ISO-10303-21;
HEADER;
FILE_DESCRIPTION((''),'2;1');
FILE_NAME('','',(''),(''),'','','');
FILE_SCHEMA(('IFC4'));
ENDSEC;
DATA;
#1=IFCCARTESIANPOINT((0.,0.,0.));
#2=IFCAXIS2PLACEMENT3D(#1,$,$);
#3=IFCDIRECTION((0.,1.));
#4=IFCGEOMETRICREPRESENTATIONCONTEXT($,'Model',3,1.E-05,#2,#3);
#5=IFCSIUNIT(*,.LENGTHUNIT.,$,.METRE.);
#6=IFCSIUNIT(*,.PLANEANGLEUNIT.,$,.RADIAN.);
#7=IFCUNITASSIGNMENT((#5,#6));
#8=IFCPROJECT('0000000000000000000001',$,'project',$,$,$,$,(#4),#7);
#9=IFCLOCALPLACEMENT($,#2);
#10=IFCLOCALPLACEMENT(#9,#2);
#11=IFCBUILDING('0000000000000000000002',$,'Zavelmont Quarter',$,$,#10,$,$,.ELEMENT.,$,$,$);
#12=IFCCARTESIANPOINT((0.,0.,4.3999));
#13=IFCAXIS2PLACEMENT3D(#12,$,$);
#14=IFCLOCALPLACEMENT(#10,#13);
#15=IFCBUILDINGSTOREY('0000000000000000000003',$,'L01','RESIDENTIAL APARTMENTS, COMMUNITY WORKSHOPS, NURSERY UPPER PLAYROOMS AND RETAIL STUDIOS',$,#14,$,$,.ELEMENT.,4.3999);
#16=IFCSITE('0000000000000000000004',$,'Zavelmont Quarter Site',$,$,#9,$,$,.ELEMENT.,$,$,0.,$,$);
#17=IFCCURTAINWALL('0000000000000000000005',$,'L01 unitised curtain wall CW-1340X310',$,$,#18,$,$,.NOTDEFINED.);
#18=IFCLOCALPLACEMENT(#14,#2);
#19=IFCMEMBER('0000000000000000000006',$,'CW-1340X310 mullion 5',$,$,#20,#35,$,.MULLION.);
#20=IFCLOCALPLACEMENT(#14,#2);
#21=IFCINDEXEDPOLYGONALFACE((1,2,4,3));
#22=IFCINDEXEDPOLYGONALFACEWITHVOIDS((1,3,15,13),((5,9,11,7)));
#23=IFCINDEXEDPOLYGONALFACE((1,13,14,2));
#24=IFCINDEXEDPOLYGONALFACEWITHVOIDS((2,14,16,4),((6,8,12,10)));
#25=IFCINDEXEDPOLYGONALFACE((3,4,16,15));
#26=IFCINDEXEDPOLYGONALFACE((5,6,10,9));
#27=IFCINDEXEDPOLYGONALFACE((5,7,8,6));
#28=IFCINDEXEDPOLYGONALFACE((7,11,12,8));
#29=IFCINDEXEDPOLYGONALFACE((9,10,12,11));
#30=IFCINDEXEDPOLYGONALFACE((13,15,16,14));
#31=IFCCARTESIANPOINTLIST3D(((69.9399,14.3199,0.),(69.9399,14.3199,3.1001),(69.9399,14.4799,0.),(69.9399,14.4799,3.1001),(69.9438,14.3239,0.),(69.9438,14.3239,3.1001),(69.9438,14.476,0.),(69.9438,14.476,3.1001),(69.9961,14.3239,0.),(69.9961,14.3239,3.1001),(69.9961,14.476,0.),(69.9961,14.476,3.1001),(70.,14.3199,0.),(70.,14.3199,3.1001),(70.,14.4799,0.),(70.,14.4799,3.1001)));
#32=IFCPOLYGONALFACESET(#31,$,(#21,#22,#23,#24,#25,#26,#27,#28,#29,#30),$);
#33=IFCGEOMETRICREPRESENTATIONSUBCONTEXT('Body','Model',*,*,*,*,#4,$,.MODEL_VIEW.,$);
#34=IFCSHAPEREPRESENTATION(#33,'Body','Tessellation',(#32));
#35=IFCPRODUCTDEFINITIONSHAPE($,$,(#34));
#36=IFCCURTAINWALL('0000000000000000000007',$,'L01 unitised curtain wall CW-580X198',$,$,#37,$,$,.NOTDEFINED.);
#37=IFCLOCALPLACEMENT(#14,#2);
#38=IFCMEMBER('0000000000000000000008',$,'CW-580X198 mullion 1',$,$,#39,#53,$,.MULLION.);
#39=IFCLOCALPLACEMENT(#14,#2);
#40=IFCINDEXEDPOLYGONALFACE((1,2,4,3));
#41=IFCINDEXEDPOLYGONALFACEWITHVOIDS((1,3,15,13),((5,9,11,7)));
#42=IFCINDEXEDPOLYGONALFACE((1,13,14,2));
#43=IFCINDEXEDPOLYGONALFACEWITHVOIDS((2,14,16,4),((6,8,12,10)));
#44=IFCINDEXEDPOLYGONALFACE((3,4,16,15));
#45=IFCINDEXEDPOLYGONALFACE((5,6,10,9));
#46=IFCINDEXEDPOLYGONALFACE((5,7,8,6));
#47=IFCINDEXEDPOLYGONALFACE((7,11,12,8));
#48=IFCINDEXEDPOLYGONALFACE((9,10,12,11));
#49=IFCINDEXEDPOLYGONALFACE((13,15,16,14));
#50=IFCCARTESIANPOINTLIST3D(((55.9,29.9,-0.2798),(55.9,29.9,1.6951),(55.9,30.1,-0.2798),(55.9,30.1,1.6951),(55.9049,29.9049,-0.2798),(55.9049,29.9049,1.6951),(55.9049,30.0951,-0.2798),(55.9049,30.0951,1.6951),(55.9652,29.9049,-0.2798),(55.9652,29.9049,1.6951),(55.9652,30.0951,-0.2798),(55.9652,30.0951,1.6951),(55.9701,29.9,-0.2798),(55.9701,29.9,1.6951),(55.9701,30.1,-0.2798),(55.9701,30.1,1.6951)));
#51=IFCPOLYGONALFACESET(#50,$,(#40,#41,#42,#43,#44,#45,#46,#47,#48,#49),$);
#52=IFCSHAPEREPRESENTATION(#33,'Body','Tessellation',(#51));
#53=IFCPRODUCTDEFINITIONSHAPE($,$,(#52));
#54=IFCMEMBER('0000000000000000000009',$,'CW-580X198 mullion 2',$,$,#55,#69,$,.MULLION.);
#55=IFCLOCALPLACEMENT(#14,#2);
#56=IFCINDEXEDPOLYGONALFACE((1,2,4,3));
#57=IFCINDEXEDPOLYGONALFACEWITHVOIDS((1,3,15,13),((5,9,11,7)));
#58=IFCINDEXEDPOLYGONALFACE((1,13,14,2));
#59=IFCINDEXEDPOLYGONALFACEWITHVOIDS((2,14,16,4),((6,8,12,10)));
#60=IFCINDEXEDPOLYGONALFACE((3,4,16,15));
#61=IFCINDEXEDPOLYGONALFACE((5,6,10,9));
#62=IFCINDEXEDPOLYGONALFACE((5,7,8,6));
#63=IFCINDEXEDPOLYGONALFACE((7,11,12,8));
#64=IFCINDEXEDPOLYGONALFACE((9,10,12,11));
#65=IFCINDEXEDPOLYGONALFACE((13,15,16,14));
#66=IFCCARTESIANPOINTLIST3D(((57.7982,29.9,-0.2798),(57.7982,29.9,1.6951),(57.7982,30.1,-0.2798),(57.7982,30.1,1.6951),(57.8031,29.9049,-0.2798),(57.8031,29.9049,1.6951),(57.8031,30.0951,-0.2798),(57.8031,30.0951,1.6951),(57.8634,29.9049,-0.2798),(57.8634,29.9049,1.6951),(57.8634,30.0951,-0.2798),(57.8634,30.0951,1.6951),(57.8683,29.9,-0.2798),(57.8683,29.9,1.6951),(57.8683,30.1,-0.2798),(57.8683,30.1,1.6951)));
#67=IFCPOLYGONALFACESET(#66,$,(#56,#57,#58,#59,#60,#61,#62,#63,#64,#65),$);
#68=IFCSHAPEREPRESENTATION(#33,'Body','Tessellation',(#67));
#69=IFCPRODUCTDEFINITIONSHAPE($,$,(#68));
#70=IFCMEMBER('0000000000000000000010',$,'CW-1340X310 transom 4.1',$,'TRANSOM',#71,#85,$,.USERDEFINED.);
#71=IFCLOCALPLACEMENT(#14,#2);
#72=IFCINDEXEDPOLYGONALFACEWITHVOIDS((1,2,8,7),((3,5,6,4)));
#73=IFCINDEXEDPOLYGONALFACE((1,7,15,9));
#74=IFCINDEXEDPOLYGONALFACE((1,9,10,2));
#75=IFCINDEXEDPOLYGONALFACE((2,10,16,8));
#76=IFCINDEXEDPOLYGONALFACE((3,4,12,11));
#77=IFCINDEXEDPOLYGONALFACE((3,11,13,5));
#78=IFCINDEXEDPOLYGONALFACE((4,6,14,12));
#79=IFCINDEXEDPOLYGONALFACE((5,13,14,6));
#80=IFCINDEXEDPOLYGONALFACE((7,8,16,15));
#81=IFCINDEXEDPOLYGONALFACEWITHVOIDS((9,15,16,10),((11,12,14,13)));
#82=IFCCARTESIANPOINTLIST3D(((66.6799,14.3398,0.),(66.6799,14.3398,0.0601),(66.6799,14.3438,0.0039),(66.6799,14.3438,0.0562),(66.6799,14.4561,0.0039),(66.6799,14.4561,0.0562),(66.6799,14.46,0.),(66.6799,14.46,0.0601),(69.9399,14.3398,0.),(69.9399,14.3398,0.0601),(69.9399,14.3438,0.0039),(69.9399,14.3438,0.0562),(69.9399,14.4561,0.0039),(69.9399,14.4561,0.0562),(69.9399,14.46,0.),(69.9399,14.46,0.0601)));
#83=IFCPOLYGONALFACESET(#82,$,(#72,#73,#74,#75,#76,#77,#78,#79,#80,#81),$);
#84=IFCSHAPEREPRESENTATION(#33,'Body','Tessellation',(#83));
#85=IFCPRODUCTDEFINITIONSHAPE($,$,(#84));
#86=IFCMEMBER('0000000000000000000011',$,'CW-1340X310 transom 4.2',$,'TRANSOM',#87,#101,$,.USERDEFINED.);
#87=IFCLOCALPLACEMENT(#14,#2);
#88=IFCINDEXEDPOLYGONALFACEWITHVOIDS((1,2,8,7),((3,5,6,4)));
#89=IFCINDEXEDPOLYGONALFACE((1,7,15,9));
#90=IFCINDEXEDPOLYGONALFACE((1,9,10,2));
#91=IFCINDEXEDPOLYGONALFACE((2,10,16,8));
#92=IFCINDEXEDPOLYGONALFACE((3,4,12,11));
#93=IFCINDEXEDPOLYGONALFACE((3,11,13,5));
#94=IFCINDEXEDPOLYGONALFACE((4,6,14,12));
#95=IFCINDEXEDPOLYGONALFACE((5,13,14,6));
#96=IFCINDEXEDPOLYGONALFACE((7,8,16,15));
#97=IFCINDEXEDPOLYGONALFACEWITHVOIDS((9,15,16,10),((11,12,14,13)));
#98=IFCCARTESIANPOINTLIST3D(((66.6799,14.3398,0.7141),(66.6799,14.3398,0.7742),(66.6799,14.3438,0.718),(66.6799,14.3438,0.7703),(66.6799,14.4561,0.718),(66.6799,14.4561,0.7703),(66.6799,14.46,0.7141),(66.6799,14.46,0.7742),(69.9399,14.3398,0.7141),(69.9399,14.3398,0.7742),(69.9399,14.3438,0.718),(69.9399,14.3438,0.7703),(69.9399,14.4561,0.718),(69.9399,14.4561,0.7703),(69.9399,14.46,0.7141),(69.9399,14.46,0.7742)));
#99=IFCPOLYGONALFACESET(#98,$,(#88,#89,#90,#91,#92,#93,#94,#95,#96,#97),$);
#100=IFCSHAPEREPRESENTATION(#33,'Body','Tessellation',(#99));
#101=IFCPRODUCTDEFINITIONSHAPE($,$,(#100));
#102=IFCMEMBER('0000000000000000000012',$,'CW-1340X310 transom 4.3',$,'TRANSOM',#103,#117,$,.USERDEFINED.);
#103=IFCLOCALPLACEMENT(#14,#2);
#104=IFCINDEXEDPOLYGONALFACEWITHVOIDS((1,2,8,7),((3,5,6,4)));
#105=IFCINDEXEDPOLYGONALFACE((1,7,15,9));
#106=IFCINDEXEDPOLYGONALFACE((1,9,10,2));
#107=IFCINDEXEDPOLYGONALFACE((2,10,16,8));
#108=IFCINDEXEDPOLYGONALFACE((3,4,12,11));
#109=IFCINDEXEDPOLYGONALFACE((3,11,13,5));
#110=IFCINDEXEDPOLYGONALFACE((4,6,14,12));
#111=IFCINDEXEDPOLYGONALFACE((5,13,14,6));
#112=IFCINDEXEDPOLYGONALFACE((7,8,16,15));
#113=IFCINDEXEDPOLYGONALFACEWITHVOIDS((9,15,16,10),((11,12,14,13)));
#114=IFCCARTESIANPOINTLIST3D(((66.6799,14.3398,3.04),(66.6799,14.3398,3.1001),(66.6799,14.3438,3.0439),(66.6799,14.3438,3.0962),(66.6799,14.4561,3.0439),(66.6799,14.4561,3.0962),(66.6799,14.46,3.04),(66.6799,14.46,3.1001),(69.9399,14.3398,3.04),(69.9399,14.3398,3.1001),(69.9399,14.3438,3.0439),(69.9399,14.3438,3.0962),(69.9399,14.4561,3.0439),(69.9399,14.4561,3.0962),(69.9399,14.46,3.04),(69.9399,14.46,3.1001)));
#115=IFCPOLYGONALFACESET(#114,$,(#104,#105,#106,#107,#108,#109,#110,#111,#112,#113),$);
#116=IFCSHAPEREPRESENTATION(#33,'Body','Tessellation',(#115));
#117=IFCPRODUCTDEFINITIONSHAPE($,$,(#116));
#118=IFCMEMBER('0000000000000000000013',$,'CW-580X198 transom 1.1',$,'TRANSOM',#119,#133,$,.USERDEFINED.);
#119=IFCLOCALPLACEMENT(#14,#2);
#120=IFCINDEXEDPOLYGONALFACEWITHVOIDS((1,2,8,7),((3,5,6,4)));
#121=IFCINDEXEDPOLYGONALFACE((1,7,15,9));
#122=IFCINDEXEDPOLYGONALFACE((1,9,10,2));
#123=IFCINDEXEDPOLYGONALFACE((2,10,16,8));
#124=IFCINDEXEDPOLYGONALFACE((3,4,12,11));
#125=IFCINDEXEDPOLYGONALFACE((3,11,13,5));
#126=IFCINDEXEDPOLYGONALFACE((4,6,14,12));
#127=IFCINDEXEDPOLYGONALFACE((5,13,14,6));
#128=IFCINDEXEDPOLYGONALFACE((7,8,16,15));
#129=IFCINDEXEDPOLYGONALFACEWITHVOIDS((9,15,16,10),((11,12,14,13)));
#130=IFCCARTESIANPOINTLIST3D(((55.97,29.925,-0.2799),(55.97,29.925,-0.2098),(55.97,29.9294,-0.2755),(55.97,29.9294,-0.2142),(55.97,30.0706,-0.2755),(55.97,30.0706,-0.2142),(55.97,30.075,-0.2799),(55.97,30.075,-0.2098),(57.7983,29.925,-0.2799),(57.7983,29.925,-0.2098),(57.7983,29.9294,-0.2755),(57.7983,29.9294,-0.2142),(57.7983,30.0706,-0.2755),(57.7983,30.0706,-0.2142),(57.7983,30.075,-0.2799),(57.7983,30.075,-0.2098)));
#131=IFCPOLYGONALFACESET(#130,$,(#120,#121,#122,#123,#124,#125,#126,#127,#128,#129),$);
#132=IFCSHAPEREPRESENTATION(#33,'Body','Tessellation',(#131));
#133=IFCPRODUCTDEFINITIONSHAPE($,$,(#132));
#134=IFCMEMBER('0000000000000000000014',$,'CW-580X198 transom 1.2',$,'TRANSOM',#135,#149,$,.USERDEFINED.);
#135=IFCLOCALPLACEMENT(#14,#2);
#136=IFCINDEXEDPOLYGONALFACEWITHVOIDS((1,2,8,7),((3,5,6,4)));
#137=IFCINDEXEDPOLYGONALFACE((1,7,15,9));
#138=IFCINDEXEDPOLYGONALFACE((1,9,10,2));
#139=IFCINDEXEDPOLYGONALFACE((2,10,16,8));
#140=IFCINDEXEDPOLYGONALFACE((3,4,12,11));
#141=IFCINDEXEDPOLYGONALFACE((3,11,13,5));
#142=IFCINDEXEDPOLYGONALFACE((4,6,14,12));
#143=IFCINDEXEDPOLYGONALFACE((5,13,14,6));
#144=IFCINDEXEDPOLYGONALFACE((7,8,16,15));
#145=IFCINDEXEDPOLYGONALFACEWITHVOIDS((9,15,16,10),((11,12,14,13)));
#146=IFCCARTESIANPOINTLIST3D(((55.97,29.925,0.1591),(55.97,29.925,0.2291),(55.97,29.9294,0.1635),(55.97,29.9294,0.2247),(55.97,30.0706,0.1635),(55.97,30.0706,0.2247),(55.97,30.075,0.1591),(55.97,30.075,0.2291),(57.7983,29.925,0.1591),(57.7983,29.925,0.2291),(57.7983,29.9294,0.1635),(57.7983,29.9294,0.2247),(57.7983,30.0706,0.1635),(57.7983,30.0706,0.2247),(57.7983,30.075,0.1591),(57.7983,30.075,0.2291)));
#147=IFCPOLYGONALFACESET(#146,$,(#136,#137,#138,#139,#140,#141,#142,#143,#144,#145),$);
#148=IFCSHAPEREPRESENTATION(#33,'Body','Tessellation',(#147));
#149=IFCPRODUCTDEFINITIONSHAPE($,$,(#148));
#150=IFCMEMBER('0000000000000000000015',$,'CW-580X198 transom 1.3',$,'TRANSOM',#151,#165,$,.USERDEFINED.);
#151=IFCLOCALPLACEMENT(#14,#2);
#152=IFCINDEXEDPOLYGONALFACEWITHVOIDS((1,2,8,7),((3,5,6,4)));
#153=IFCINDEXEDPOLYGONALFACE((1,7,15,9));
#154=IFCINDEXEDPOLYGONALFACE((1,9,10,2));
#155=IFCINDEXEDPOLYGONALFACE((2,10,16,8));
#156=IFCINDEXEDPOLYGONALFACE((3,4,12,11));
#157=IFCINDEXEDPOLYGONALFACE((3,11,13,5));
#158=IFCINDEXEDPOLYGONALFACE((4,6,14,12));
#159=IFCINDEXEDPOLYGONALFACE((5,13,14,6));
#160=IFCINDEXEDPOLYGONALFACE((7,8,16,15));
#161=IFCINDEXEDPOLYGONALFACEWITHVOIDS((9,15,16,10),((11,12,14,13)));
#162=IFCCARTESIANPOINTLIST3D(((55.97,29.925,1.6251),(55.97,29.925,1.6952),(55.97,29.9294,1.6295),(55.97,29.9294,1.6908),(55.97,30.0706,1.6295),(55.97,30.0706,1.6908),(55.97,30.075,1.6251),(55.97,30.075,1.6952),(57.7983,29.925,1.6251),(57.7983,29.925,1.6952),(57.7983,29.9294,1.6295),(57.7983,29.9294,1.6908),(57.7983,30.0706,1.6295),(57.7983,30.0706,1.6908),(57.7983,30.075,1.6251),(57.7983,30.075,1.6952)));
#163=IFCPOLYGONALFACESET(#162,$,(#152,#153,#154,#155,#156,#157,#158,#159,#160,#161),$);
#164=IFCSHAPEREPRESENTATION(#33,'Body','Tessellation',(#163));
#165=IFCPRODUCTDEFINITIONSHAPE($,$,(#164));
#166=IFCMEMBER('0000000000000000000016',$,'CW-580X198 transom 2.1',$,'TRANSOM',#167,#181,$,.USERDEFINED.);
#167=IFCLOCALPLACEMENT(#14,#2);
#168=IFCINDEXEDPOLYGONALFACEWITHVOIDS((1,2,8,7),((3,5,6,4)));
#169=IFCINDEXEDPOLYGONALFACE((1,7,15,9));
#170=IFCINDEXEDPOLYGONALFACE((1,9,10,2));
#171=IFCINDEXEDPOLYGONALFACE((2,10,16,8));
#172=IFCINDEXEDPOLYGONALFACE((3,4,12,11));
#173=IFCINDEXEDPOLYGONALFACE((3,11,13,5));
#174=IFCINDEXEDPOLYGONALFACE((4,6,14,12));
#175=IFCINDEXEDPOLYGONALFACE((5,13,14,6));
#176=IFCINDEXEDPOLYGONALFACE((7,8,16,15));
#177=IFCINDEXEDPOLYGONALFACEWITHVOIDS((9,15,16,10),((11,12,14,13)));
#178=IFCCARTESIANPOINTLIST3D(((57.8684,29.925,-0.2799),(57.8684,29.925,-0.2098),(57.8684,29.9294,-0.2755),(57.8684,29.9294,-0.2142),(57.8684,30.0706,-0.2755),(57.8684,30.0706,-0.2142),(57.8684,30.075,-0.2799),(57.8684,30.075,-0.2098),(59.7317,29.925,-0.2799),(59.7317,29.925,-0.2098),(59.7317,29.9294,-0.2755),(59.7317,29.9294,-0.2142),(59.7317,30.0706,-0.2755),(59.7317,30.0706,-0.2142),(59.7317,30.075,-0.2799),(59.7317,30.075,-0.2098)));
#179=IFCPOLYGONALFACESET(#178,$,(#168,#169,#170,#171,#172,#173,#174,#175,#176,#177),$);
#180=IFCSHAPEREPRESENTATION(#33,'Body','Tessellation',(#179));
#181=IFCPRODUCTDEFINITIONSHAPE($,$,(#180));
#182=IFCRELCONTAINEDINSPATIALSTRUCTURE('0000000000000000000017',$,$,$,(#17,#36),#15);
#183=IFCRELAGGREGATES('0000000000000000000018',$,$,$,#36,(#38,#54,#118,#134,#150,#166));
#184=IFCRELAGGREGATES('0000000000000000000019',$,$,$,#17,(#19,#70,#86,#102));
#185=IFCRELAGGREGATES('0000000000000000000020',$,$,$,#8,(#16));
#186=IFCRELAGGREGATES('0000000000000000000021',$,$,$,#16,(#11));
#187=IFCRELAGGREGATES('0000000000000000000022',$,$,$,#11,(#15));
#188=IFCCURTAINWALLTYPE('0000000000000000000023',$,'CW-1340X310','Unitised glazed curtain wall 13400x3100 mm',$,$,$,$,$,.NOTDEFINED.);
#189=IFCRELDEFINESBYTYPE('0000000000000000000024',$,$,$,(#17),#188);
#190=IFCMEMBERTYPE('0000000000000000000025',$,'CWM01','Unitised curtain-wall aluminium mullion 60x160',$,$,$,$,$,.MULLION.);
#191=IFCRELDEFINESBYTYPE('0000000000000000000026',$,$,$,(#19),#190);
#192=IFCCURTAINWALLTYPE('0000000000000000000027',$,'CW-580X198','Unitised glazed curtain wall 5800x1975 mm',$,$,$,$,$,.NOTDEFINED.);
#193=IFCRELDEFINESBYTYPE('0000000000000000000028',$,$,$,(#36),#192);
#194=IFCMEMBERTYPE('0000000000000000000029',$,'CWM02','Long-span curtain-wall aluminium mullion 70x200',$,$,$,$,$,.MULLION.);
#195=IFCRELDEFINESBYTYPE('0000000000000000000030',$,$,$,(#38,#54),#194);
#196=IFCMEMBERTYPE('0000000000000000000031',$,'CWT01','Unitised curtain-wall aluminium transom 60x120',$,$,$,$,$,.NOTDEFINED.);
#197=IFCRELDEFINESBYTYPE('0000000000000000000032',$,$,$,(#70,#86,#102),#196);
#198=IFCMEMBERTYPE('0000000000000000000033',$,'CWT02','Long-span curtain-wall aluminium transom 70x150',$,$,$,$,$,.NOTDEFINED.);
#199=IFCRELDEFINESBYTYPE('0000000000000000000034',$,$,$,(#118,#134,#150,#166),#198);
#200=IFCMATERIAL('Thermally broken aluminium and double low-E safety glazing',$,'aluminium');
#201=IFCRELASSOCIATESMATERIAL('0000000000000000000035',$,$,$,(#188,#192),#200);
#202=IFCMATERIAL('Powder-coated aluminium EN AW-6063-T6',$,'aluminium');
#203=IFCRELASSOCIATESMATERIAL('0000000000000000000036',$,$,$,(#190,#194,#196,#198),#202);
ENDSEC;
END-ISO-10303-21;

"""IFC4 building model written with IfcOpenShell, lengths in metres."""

from ifc_helpers import new_model, si_unit, direction, frame, origin, origin_2d, place, context, subcontext, project, spatial, hollow_rectangle, extrude, material, material_profile, profile_set, type_object, element, aggregate, save


model = new_model("IFC4")

# Units and contexts
model_context = context("Model", 3, precision=1e-05, world=origin(), true_north=direction((0.0, 1.0)))
body_context = subcontext(model_context, "Body", "Model", "MODEL_VIEW")
ifc_project = project(units=[si_unit("LENGTHUNIT", "METRE"), si_unit("PLANEANGLEUNIT", "RADIAN")], contexts=[model_context])

# Site, building, storey
site_placement = place(None, origin())
site = spatial("IfcSite", under=ifc_project, at=site_placement, Name="Zavelmont Quarter Site", CompositionType="ELEMENT", RefElevation=0.0)
building_placement = place(site_placement, origin())
building = spatial("IfcBuilding", under=site, at=building_placement, Name="Zavelmont Quarter", CompositionType="ELEMENT")
storey_placement = place(building_placement, frame((0.0, 0.0, 4.3999)))
storey = spatial("IfcBuildingStorey", under=building, at=storey_placement, Name="L01", Description="RESIDENTIAL APARTMENTS, COMMUNITY WORKSHOPS, NURSERY UPPER PLAYROOMS AND RETAIL STUDIOS", CompositionType="ELEMENT", Elevation=4.3999)

# Curtain wall, member
ifc_material_1 = material(Name="Thermally broken aluminium and double low-E safety glazing", Category="aluminium")
curtain_wall_type_1 = type_object("IfcCurtainWallType", Name="CW-1340X310", Description="Unitised glazed curtain wall 13400x3100 mm", PredefinedType="NOTDEFINED", material=ifc_material_1)
curtain_wall_1_placement = place(storey_placement, origin())
curtain_wall_1 = element("IfcCurtainWall", 1, at=curtain_wall_1_placement, inside=storey, type_object=curtain_wall_type_1, Name="L01 unitised curtain wall CW-1340X310", PredefinedType="NOTDEFINED")
ifc_material_2 = material(Name="Powder-coated aluminium EN AW-6063-T6", Category="aluminium")
ifc_material_profile_1 = material_profile(ifc_material_2, hollow_rectangle(XDim=0.0601, YDim=0.1599, WallThickness=0.0039, at=origin_2d()), Name="CWM60X160")
ifc_profile_set_1 = profile_set([ifc_material_profile_1], Name="Powder-coated aluminium EN AW-6063-T6")
member_type_1 = type_object("IfcMemberType", Name="CWM01", Description="Unitised curtain-wall aluminium mullion 60x160", PredefinedType="MULLION", material=ifc_profile_set_1)
member_1_placement = place(storey_placement, frame((69.97, 14.3999, 0.0), z_axis=(0.0, 0.0, 1.0), x_axis=(1.0, 0.0, 0.0)))
member_1 = element("IfcMember", 2, at=member_1_placement, type_object=member_type_1, Name="CW-1340X310 mullion 5", PredefinedType="MULLION", context=body_context, shape_type="SweptSolid", body=[
    extrude(hollow_rectangle(XDim=0.0601, YDim=0.1599, WallThickness=0.0039, at=origin_2d()), origin(), (0.0, 0.0, 1.0), 3.1001),
])

# Curtain wall, members
curtain_wall_type_2 = type_object("IfcCurtainWallType", Name="CW-580X198", Description="Unitised glazed curtain wall 5800x1975 mm", PredefinedType="NOTDEFINED", material=ifc_material_1)
curtain_wall_2_placement = place(storey_placement, origin())
curtain_wall_2 = element("IfcCurtainWall", 3, at=curtain_wall_2_placement, inside=storey, type_object=curtain_wall_type_2, Name="L01 unitised curtain wall CW-580X198", PredefinedType="NOTDEFINED")
ifc_material_profile_2 = material_profile(ifc_material_2, hollow_rectangle(XDim=0.0701, YDim=0.2, WallThickness=0.0049, at=origin_2d()), Name="CWM70X200")
ifc_profile_set_2 = profile_set([ifc_material_profile_2], Name="Powder-coated aluminium EN AW-6063-T6")
member_type_2 = type_object("IfcMemberType", Name="CWM02", Description="Long-span curtain-wall aluminium mullion 70x200", PredefinedType="MULLION", material=ifc_profile_set_2)
member_2_placement = place(storey_placement, frame((55.9351, 30.0, -0.2798), z_axis=(0.0, 0.0, 1.0), x_axis=(1.0, 0.0, 0.0)))
member_2 = element("IfcMember", 4, at=member_2_placement, type_object=member_type_2, Name="CW-580X198 mullion 1", PredefinedType="MULLION", context=body_context, shape_type="SweptSolid", body=[
    extrude(hollow_rectangle(XDim=0.0701, YDim=0.2, WallThickness=0.0049, at=origin_2d()), origin(), (0.0, 0.0, 1.0), 1.9749),
])
member_3_placement = place(storey_placement, frame((57.8333, 30.0, -0.2798), z_axis=(0.0, 0.0, 1.0), x_axis=(1.0, 0.0, 0.0)))
member_3 = element("IfcMember", 5, at=member_3_placement, type_object=member_type_2, Name="CW-580X198 mullion 2", PredefinedType="MULLION", context=body_context, shape_type="SweptSolid", body=[
    extrude(hollow_rectangle(XDim=0.0701, YDim=0.2, WallThickness=0.0049, at=origin_2d()), origin(), (0.0, 0.0, 1.0), 1.9749),
])

# Members
ifc_material_profile_3 = material_profile(ifc_material_2, hollow_rectangle(XDim=0.1201, YDim=0.0601, WallThickness=0.0039, at=origin_2d()), Name="CWT60X120")
ifc_profile_set_3 = profile_set([ifc_material_profile_3], Name="Powder-coated aluminium EN AW-6063-T6")
member_type_3 = type_object("IfcMemberType", Name="CWT01", Description="Unitised curtain-wall aluminium transom 60x120", PredefinedType="NOTDEFINED", material=ifc_profile_set_3)
member_4_placement = place(storey_placement, frame((66.6799, 14.3999, 0.03), z_axis=(1.0, 0.0, 0.0), x_axis=(0.0, 1.0, 0.0)))
member_4 = element("IfcMember", 6, at=member_4_placement, type_object=member_type_3, Name="CW-1340X310 transom 4.1", ObjectType="TRANSOM", PredefinedType="USERDEFINED", context=body_context, shape_type="SweptSolid", body=[
    extrude(hollow_rectangle(XDim=0.1201, YDim=0.0601, WallThickness=0.0039, at=origin_2d()), origin(), (0.0, 0.0, 1.0), 3.26),
])
member_5_placement = place(storey_placement, frame((66.6799, 14.3999, 0.7441), z_axis=(1.0, 0.0, 0.0), x_axis=(0.0, 1.0, 0.0)))
member_5 = element("IfcMember", 7, at=member_5_placement, type_object=member_type_3, Name="CW-1340X310 transom 4.2", ObjectType="TRANSOM", PredefinedType="USERDEFINED", context=body_context, shape_type="SweptSolid", body=[
    extrude(hollow_rectangle(XDim=0.1201, YDim=0.0601, WallThickness=0.0039, at=origin_2d()), origin(), (0.0, 0.0, 1.0), 3.26),
])
member_6_placement = place(storey_placement, frame((66.6799, 14.3999, 3.0701), z_axis=(1.0, 0.0, 0.0), x_axis=(0.0, 1.0, 0.0)))
member_6 = element("IfcMember", 8, at=member_6_placement, type_object=member_type_3, Name="CW-1340X310 transom 4.3", ObjectType="TRANSOM", PredefinedType="USERDEFINED", context=body_context, shape_type="SweptSolid", body=[
    extrude(hollow_rectangle(XDim=0.1201, YDim=0.0601, WallThickness=0.0039, at=origin_2d()), origin(), (0.0, 0.0, 1.0), 3.26),
])
ifc_material_profile_4 = material_profile(ifc_material_2, hollow_rectangle(XDim=0.1499, YDim=0.0701, WallThickness=0.0044, at=origin_2d()), Name="CWT70X150")
ifc_profile_set_4 = profile_set([ifc_material_profile_4], Name="Powder-coated aluminium EN AW-6063-T6")
member_type_4 = type_object("IfcMemberType", Name="CWT02", Description="Long-span curtain-wall aluminium transom 70x150", PredefinedType="NOTDEFINED", material=ifc_profile_set_4)
member_7_placement = place(storey_placement, frame((55.97, 30.0, -0.2449), z_axis=(1.0, 0.0, 0.0), x_axis=(0.0, 1.0, 0.0)))
member_7 = element("IfcMember", 9, at=member_7_placement, type_object=member_type_4, Name="CW-580X198 transom 1.1", ObjectType="TRANSOM", PredefinedType="USERDEFINED", context=body_context, shape_type="SweptSolid", body=[
    extrude(hollow_rectangle(XDim=0.1499, YDim=0.0701, WallThickness=0.0044, at=origin_2d()), origin(), (0.0, 0.0, 1.0), 1.8284),
])
member_8_placement = place(storey_placement, frame((55.97, 30.0, 0.1941), z_axis=(1.0, 0.0, 0.0), x_axis=(0.0, 1.0, 0.0)))
member_8 = element("IfcMember", 10, at=member_8_placement, type_object=member_type_4, Name="CW-580X198 transom 1.2", ObjectType="TRANSOM", PredefinedType="USERDEFINED", context=body_context, shape_type="SweptSolid", body=[
    extrude(hollow_rectangle(XDim=0.1499, YDim=0.0701, WallThickness=0.0044, at=origin_2d()), origin(), (0.0, 0.0, 1.0), 1.8284),
])
member_9_placement = place(storey_placement, frame((55.97, 30.0, 1.6602), z_axis=(1.0, 0.0, 0.0), x_axis=(0.0, 1.0, 0.0)))
member_9 = element("IfcMember", 11, at=member_9_placement, type_object=member_type_4, Name="CW-580X198 transom 1.3", ObjectType="TRANSOM", PredefinedType="USERDEFINED", context=body_context, shape_type="SweptSolid", body=[
    extrude(hollow_rectangle(XDim=0.1499, YDim=0.0701, WallThickness=0.0044, at=origin_2d()), origin(), (0.0, 0.0, 1.0), 1.8284),
])
member_10_placement = place(storey_placement, frame((57.8684, 30.0, -0.2449), z_axis=(1.0, 0.0, 0.0), x_axis=(0.0, 1.0, 0.0)))
member_10 = element("IfcMember", 12, at=member_10_placement, type_object=member_type_4, Name="CW-580X198 transom 2.1", ObjectType="TRANSOM", PredefinedType="USERDEFINED", context=body_context, shape_type="SweptSolid", body=[
    extrude(hollow_rectangle(XDim=0.1499, YDim=0.0701, WallThickness=0.0044, at=origin_2d()), origin(), (0.0, 0.0, 1.0), 1.8633),
])

aggregate(curtain_wall_2, [member_2, member_3, member_7, member_8, member_9, member_10])
aggregate(curtain_wall_1, [member_1, member_4, member_5, member_6])

save(model, "model.ifc")
